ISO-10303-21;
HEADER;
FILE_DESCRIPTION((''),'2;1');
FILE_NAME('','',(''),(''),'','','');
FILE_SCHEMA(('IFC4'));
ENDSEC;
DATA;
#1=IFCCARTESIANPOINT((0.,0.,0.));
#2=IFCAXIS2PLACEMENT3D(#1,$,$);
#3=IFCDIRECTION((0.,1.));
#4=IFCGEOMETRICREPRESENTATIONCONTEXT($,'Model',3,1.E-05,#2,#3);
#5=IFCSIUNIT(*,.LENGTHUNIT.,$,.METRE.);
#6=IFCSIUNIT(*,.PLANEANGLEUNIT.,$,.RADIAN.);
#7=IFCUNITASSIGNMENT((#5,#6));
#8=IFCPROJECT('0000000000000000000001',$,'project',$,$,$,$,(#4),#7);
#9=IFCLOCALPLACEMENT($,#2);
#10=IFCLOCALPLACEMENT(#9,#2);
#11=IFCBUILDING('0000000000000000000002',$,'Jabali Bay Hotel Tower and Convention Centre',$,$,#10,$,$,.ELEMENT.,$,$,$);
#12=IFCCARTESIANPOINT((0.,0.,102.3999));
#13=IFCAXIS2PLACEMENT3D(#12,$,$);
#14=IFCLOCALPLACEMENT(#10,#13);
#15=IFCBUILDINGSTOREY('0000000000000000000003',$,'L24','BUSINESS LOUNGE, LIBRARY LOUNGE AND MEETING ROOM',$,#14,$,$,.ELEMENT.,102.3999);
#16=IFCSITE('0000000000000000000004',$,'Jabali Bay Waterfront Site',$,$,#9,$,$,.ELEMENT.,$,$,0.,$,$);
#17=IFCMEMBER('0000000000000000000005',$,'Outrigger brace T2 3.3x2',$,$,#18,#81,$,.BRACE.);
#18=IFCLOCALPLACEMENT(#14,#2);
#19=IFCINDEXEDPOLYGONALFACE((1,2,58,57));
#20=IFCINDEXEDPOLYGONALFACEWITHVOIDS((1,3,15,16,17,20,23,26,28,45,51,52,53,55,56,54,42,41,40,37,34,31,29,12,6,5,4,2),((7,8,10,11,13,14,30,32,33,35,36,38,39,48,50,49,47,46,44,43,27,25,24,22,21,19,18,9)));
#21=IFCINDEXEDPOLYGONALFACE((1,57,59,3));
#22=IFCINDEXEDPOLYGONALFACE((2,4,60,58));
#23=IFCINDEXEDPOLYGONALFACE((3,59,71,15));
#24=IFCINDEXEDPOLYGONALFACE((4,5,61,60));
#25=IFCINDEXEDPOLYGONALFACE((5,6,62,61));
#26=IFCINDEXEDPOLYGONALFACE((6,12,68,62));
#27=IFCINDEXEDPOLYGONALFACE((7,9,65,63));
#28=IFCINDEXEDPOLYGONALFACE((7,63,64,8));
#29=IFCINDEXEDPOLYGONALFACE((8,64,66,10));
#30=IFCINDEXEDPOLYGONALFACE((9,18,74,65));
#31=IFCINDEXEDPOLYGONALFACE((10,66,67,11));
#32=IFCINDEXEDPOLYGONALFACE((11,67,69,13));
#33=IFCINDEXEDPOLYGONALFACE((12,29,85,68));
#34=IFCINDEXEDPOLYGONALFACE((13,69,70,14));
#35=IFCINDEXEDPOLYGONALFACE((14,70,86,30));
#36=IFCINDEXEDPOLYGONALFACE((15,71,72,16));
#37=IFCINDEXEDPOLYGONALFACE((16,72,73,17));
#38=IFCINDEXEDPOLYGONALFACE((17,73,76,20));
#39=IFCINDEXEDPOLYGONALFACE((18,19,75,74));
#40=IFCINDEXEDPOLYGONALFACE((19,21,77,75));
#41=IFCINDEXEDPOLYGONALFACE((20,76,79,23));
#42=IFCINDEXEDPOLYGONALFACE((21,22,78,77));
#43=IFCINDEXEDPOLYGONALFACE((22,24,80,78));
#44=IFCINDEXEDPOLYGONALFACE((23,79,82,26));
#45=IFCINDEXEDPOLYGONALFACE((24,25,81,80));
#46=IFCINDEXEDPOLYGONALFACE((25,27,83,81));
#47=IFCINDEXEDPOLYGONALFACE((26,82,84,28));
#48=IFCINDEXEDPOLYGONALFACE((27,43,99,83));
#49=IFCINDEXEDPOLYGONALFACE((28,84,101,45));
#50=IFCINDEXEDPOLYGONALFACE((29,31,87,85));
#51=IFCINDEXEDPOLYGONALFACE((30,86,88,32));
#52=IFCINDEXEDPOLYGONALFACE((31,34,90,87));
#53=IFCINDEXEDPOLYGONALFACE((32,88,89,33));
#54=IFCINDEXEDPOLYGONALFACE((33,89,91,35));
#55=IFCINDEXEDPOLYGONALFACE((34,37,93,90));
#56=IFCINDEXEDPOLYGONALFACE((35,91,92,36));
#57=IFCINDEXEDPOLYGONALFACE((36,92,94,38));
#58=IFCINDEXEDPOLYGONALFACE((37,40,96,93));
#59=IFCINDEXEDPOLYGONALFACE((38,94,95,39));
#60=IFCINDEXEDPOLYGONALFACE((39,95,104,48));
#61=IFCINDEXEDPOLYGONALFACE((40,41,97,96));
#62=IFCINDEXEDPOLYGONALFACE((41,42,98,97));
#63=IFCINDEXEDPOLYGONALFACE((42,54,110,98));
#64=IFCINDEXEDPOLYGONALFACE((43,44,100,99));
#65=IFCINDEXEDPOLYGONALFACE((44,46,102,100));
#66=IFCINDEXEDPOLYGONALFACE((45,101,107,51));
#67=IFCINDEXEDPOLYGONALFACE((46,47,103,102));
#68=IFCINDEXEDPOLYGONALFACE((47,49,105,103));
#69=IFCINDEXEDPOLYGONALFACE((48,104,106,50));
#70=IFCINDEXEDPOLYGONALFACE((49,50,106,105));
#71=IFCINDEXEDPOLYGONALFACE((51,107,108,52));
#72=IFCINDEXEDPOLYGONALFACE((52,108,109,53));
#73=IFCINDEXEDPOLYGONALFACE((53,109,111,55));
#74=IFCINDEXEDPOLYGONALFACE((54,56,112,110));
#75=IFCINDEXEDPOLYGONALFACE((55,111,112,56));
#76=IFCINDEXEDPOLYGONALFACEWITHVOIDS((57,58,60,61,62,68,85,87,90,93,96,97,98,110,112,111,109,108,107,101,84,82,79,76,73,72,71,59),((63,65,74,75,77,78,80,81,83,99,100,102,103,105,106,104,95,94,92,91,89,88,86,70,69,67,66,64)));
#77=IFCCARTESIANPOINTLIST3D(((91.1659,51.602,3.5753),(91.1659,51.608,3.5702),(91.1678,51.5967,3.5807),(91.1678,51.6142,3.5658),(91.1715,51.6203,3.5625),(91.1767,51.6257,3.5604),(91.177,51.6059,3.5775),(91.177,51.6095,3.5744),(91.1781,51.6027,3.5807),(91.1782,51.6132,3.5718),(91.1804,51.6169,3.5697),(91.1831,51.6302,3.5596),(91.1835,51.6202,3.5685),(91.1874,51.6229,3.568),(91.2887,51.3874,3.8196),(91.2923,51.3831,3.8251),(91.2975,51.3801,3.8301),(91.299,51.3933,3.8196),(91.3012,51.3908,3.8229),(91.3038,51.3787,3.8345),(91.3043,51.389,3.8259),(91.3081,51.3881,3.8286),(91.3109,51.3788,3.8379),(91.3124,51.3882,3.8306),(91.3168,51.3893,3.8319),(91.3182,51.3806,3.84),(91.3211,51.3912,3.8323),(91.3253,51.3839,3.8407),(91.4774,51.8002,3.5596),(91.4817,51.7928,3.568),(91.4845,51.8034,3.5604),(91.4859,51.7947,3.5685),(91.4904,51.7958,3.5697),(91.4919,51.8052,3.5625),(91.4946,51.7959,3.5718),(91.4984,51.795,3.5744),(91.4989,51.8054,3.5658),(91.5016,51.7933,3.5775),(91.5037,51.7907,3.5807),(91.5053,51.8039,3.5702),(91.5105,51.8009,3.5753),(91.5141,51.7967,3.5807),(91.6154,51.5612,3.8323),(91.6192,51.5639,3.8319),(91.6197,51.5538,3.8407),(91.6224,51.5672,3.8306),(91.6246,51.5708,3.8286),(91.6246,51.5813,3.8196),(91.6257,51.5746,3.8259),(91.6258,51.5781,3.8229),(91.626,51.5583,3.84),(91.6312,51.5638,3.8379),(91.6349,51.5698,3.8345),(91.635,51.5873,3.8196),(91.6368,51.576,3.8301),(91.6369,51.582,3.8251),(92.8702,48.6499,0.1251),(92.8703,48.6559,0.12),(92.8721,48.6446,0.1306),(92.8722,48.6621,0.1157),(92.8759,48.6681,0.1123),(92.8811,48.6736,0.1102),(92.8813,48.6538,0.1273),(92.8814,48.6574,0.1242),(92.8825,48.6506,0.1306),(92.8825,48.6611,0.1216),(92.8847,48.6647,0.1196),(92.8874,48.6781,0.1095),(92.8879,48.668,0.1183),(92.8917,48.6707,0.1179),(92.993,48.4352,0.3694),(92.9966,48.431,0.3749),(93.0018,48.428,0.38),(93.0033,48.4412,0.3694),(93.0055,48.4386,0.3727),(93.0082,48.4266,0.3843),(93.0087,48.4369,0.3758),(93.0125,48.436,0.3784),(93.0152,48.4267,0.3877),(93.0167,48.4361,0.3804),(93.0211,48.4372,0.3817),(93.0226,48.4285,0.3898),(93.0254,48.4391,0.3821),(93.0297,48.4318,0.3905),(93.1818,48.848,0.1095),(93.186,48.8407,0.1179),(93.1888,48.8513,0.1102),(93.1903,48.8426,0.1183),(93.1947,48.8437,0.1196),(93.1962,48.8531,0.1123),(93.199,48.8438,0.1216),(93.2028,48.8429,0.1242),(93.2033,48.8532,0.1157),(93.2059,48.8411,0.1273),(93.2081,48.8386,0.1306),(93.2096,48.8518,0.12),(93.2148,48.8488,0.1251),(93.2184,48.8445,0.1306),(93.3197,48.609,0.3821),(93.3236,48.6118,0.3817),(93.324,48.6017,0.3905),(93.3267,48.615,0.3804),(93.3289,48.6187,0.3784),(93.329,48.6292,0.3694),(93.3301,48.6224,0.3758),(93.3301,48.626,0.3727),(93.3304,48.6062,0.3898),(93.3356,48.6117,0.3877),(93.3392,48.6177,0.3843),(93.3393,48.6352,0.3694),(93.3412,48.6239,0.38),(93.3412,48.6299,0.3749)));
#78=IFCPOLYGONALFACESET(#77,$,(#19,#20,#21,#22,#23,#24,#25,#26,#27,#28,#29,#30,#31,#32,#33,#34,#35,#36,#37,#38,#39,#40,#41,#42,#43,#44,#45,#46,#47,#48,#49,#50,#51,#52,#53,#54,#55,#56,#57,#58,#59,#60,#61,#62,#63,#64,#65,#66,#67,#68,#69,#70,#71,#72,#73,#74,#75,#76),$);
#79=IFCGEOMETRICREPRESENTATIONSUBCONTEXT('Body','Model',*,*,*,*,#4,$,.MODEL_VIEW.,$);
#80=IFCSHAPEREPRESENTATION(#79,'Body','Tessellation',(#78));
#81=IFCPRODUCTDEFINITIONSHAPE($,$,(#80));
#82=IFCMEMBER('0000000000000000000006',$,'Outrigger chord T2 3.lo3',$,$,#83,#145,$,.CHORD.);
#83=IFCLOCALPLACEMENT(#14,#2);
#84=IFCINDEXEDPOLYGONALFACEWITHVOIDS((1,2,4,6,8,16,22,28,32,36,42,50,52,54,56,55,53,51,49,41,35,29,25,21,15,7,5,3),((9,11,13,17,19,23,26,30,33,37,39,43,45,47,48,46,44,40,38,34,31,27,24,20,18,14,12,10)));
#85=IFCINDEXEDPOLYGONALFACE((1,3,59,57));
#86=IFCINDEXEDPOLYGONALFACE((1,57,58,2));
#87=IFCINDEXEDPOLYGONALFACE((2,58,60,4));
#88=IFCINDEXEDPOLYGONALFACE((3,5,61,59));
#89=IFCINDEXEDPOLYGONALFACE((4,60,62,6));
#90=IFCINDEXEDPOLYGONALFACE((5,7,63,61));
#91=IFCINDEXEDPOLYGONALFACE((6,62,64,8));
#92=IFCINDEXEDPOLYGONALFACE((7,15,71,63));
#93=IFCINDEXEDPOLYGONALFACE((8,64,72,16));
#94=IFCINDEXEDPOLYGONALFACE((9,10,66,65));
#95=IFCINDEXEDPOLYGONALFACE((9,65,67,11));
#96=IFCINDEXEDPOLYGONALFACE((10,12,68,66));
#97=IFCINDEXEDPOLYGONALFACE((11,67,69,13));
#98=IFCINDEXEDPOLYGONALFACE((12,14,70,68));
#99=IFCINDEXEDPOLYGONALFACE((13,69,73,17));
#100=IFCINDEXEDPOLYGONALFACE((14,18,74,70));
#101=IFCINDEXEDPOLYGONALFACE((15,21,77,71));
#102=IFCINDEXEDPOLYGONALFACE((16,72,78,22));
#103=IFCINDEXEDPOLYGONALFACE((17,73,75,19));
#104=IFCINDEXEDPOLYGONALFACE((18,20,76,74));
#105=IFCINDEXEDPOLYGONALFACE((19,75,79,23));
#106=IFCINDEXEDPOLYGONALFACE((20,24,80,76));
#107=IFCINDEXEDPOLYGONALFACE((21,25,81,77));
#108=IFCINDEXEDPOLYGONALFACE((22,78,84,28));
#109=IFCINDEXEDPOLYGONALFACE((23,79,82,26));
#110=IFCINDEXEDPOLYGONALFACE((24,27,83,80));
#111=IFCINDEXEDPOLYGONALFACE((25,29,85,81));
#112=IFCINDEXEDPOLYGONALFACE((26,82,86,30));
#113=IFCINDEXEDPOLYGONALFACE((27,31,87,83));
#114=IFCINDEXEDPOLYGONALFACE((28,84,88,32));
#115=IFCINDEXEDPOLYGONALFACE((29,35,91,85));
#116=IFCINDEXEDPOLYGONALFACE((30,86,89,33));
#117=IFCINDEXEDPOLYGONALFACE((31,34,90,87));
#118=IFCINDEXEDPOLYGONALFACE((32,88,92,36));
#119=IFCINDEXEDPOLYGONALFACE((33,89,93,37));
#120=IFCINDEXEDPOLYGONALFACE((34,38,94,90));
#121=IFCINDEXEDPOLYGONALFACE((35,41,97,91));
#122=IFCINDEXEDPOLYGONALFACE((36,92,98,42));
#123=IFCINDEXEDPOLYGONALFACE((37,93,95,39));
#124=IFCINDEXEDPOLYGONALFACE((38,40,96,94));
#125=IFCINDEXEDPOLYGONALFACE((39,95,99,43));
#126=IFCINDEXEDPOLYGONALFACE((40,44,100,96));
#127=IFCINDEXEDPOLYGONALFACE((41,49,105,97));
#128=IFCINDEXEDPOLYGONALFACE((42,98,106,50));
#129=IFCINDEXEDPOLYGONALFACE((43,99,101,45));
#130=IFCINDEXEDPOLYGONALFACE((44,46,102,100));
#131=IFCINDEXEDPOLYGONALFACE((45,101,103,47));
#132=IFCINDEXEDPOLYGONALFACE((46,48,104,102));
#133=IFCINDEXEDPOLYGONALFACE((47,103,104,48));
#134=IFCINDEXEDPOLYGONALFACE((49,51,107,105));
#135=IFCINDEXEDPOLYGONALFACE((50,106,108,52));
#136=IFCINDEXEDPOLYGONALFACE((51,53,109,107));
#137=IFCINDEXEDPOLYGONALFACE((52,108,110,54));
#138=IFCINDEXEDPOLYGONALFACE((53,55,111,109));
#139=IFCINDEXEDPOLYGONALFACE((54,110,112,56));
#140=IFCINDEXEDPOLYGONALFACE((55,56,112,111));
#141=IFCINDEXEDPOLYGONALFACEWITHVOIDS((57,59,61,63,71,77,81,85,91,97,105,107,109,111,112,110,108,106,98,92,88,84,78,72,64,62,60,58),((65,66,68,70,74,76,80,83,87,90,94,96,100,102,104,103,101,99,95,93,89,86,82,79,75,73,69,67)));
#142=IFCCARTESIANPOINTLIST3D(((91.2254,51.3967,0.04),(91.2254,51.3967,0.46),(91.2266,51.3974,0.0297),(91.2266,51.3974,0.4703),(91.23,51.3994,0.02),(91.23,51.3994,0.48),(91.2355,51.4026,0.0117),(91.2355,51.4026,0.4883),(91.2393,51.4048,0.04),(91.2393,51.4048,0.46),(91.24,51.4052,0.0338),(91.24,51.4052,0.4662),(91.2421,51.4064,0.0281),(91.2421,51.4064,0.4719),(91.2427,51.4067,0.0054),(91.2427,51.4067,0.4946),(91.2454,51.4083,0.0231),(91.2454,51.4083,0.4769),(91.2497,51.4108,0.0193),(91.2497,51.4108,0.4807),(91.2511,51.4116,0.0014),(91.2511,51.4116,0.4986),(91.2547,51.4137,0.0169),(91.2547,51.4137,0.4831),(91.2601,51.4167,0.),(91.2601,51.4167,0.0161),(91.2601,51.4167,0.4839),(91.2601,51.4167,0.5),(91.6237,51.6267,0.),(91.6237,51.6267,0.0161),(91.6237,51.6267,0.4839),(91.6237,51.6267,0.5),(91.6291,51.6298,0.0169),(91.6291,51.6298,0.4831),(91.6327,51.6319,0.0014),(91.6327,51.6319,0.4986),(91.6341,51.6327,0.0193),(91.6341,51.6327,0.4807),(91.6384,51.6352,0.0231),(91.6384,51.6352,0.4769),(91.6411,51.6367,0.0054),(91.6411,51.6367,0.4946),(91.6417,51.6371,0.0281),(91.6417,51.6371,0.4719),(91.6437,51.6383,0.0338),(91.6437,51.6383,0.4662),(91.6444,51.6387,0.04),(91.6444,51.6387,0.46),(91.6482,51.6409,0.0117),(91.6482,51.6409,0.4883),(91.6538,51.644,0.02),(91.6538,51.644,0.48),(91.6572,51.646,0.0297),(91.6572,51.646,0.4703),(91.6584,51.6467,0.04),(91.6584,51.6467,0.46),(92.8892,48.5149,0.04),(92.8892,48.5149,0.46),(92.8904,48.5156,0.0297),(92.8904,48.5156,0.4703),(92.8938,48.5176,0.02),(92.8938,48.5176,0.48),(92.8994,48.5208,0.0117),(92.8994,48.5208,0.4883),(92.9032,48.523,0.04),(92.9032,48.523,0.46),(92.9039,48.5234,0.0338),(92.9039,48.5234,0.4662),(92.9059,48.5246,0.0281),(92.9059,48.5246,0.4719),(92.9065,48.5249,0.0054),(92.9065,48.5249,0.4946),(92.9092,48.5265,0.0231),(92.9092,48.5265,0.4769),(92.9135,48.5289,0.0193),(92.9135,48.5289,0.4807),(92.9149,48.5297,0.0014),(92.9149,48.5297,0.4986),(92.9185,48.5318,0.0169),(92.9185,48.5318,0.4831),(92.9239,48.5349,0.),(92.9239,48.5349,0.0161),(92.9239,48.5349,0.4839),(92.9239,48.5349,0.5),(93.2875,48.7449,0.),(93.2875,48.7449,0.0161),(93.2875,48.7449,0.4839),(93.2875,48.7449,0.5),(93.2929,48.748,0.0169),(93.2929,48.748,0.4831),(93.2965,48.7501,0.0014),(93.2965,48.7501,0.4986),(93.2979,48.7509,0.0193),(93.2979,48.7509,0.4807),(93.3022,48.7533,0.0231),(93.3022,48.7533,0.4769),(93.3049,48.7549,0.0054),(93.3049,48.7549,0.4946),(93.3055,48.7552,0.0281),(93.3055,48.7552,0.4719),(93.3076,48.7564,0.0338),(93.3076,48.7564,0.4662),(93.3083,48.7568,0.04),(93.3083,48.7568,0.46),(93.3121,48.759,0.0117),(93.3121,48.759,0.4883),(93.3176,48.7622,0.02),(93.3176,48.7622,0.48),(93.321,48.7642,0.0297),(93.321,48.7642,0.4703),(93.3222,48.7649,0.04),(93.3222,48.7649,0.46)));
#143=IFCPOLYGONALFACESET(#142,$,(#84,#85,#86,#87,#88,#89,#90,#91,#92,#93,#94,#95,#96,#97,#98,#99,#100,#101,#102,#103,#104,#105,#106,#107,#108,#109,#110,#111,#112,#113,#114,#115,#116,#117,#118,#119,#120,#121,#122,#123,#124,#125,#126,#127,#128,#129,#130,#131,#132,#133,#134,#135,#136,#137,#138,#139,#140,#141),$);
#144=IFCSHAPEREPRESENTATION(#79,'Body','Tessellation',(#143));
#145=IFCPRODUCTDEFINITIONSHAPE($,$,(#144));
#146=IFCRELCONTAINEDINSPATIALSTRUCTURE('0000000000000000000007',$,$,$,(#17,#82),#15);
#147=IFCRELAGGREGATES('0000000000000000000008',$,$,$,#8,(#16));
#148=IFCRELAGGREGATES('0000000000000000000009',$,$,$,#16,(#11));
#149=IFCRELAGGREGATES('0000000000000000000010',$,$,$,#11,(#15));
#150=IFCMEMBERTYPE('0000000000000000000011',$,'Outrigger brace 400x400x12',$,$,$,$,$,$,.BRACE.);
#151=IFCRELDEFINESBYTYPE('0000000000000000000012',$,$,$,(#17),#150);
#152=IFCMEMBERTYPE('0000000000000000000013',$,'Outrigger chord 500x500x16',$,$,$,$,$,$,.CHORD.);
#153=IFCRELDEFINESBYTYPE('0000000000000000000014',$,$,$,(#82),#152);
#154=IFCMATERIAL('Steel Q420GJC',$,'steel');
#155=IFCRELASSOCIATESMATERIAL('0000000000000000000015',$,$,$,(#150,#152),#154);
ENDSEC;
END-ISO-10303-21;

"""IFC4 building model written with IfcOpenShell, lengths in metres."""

from ifc_helpers import new_model, si_unit, direction, frame, origin, origin_2d, place, context, subcontext, project, spatial, hollow_rectangle, extrude, material, material_profile, profile_set, type_object, element, save


model = new_model("IFC4")

# Units and contexts
model_context = context("Model", 3, precision=1e-05, world=origin(), true_north=direction((0.0, 1.0)))
body_context = subcontext(model_context, "Body", "Model", "MODEL_VIEW")
ifc_project = project(units=[si_unit("LENGTHUNIT", "METRE"), si_unit("PLANEANGLEUNIT", "RADIAN")], contexts=[model_context])

# Site, building, storey
site_placement = place(None, origin())
site = spatial("IfcSite", under=ifc_project, at=site_placement, Name="Jabali Bay Waterfront Site", CompositionType="ELEMENT", RefElevation=0.0)
building_placement = place(site_placement, origin())
building = spatial("IfcBuilding", under=site, at=building_placement, Name="Jabali Bay Hotel Tower and Convention Centre", CompositionType="ELEMENT")
storey_placement = place(building_placement, frame((0.0, 0.0, 102.3999)))
storey = spatial("IfcBuildingStorey", under=building, at=storey_placement, Name="L24", Description="BUSINESS LOUNGE, LIBRARY LOUNGE AND MEETING ROOM", CompositionType="ELEMENT", Elevation=102.3999)

# Shared definitions
ifc_material_1 = material(Name="Steel Q420GJC", Category="steel")

# Members
ifc_material_profile_1 = material_profile(ifc_material_1, hollow_rectangle(XDim=0.3999, YDim=0.3999, WallThickness=0.012, InnerFilletRadius=0.0181, OuterFilletRadius=0.03, at=origin_2d()), Name="Outrigger brace 400x400x12")
ifc_profile_set_1 = profile_set([ifc_material_profile_1], Name="Steel Q420GJC")
member_type_1 = type_object("IfcMemberType", Name="Outrigger brace 400x400x12", PredefinedType="BRACE", material=ifc_profile_set_1)
member_1_placement = place(storey_placement, frame((93.1057, 48.6399, 0.25), z_axis=(-0.351402, 0.608673, 0.71136), x_axis=(-0.866035, -0.499983, 0.0)))
element("IfcMember", 1, at=member_1_placement, inside=storey, type_object=member_type_1, Name="Outrigger brace T2 3.3x2", PredefinedType="BRACE", context=body_context, shape_type="SweptSolid", body=[
    extrude(hollow_rectangle(XDim=0.3999, YDim=0.3999, WallThickness=0.012, InnerFilletRadius=0.0181, OuterFilletRadius=0.03, at=origin_2d()), origin(), (0.0, 0.0, 1.0), 4.8501),
])
ifc_material_profile_2 = material_profile(ifc_material_1, hollow_rectangle(XDim=0.5, YDim=0.5, WallThickness=0.0161, InnerFilletRadius=0.0239, OuterFilletRadius=0.04, at=origin_2d()), Name="Outrigger chord 500x500x16")
ifc_profile_set_2 = profile_set([ifc_material_profile_2], Name="Steel Q420GJC")
member_type_2 = type_object("IfcMemberType", Name="Outrigger chord 500x500x16", PredefinedType="CHORD", material=ifc_profile_set_2)
member_2_placement = place(storey_placement, frame((91.4419, 51.5217, 0.25), z_axis=(0.499998, -0.866027, 0.0), x_axis=(0.866027, 0.499998, 0.0)))
element("IfcMember", 2, at=member_2_placement, inside=storey, type_object=member_type_2, Name="Outrigger chord T2 3.lo3", PredefinedType="CHORD", context=body_context, shape_type="SweptSolid", body=[
    extrude(hollow_rectangle(XDim=0.5, YDim=0.5, WallThickness=0.0161, InnerFilletRadius=0.0239, OuterFilletRadius=0.04, at=origin_2d()), origin(), (0.0, 0.0, 1.0), 3.3276),
])

save(model, "model.ifc")
